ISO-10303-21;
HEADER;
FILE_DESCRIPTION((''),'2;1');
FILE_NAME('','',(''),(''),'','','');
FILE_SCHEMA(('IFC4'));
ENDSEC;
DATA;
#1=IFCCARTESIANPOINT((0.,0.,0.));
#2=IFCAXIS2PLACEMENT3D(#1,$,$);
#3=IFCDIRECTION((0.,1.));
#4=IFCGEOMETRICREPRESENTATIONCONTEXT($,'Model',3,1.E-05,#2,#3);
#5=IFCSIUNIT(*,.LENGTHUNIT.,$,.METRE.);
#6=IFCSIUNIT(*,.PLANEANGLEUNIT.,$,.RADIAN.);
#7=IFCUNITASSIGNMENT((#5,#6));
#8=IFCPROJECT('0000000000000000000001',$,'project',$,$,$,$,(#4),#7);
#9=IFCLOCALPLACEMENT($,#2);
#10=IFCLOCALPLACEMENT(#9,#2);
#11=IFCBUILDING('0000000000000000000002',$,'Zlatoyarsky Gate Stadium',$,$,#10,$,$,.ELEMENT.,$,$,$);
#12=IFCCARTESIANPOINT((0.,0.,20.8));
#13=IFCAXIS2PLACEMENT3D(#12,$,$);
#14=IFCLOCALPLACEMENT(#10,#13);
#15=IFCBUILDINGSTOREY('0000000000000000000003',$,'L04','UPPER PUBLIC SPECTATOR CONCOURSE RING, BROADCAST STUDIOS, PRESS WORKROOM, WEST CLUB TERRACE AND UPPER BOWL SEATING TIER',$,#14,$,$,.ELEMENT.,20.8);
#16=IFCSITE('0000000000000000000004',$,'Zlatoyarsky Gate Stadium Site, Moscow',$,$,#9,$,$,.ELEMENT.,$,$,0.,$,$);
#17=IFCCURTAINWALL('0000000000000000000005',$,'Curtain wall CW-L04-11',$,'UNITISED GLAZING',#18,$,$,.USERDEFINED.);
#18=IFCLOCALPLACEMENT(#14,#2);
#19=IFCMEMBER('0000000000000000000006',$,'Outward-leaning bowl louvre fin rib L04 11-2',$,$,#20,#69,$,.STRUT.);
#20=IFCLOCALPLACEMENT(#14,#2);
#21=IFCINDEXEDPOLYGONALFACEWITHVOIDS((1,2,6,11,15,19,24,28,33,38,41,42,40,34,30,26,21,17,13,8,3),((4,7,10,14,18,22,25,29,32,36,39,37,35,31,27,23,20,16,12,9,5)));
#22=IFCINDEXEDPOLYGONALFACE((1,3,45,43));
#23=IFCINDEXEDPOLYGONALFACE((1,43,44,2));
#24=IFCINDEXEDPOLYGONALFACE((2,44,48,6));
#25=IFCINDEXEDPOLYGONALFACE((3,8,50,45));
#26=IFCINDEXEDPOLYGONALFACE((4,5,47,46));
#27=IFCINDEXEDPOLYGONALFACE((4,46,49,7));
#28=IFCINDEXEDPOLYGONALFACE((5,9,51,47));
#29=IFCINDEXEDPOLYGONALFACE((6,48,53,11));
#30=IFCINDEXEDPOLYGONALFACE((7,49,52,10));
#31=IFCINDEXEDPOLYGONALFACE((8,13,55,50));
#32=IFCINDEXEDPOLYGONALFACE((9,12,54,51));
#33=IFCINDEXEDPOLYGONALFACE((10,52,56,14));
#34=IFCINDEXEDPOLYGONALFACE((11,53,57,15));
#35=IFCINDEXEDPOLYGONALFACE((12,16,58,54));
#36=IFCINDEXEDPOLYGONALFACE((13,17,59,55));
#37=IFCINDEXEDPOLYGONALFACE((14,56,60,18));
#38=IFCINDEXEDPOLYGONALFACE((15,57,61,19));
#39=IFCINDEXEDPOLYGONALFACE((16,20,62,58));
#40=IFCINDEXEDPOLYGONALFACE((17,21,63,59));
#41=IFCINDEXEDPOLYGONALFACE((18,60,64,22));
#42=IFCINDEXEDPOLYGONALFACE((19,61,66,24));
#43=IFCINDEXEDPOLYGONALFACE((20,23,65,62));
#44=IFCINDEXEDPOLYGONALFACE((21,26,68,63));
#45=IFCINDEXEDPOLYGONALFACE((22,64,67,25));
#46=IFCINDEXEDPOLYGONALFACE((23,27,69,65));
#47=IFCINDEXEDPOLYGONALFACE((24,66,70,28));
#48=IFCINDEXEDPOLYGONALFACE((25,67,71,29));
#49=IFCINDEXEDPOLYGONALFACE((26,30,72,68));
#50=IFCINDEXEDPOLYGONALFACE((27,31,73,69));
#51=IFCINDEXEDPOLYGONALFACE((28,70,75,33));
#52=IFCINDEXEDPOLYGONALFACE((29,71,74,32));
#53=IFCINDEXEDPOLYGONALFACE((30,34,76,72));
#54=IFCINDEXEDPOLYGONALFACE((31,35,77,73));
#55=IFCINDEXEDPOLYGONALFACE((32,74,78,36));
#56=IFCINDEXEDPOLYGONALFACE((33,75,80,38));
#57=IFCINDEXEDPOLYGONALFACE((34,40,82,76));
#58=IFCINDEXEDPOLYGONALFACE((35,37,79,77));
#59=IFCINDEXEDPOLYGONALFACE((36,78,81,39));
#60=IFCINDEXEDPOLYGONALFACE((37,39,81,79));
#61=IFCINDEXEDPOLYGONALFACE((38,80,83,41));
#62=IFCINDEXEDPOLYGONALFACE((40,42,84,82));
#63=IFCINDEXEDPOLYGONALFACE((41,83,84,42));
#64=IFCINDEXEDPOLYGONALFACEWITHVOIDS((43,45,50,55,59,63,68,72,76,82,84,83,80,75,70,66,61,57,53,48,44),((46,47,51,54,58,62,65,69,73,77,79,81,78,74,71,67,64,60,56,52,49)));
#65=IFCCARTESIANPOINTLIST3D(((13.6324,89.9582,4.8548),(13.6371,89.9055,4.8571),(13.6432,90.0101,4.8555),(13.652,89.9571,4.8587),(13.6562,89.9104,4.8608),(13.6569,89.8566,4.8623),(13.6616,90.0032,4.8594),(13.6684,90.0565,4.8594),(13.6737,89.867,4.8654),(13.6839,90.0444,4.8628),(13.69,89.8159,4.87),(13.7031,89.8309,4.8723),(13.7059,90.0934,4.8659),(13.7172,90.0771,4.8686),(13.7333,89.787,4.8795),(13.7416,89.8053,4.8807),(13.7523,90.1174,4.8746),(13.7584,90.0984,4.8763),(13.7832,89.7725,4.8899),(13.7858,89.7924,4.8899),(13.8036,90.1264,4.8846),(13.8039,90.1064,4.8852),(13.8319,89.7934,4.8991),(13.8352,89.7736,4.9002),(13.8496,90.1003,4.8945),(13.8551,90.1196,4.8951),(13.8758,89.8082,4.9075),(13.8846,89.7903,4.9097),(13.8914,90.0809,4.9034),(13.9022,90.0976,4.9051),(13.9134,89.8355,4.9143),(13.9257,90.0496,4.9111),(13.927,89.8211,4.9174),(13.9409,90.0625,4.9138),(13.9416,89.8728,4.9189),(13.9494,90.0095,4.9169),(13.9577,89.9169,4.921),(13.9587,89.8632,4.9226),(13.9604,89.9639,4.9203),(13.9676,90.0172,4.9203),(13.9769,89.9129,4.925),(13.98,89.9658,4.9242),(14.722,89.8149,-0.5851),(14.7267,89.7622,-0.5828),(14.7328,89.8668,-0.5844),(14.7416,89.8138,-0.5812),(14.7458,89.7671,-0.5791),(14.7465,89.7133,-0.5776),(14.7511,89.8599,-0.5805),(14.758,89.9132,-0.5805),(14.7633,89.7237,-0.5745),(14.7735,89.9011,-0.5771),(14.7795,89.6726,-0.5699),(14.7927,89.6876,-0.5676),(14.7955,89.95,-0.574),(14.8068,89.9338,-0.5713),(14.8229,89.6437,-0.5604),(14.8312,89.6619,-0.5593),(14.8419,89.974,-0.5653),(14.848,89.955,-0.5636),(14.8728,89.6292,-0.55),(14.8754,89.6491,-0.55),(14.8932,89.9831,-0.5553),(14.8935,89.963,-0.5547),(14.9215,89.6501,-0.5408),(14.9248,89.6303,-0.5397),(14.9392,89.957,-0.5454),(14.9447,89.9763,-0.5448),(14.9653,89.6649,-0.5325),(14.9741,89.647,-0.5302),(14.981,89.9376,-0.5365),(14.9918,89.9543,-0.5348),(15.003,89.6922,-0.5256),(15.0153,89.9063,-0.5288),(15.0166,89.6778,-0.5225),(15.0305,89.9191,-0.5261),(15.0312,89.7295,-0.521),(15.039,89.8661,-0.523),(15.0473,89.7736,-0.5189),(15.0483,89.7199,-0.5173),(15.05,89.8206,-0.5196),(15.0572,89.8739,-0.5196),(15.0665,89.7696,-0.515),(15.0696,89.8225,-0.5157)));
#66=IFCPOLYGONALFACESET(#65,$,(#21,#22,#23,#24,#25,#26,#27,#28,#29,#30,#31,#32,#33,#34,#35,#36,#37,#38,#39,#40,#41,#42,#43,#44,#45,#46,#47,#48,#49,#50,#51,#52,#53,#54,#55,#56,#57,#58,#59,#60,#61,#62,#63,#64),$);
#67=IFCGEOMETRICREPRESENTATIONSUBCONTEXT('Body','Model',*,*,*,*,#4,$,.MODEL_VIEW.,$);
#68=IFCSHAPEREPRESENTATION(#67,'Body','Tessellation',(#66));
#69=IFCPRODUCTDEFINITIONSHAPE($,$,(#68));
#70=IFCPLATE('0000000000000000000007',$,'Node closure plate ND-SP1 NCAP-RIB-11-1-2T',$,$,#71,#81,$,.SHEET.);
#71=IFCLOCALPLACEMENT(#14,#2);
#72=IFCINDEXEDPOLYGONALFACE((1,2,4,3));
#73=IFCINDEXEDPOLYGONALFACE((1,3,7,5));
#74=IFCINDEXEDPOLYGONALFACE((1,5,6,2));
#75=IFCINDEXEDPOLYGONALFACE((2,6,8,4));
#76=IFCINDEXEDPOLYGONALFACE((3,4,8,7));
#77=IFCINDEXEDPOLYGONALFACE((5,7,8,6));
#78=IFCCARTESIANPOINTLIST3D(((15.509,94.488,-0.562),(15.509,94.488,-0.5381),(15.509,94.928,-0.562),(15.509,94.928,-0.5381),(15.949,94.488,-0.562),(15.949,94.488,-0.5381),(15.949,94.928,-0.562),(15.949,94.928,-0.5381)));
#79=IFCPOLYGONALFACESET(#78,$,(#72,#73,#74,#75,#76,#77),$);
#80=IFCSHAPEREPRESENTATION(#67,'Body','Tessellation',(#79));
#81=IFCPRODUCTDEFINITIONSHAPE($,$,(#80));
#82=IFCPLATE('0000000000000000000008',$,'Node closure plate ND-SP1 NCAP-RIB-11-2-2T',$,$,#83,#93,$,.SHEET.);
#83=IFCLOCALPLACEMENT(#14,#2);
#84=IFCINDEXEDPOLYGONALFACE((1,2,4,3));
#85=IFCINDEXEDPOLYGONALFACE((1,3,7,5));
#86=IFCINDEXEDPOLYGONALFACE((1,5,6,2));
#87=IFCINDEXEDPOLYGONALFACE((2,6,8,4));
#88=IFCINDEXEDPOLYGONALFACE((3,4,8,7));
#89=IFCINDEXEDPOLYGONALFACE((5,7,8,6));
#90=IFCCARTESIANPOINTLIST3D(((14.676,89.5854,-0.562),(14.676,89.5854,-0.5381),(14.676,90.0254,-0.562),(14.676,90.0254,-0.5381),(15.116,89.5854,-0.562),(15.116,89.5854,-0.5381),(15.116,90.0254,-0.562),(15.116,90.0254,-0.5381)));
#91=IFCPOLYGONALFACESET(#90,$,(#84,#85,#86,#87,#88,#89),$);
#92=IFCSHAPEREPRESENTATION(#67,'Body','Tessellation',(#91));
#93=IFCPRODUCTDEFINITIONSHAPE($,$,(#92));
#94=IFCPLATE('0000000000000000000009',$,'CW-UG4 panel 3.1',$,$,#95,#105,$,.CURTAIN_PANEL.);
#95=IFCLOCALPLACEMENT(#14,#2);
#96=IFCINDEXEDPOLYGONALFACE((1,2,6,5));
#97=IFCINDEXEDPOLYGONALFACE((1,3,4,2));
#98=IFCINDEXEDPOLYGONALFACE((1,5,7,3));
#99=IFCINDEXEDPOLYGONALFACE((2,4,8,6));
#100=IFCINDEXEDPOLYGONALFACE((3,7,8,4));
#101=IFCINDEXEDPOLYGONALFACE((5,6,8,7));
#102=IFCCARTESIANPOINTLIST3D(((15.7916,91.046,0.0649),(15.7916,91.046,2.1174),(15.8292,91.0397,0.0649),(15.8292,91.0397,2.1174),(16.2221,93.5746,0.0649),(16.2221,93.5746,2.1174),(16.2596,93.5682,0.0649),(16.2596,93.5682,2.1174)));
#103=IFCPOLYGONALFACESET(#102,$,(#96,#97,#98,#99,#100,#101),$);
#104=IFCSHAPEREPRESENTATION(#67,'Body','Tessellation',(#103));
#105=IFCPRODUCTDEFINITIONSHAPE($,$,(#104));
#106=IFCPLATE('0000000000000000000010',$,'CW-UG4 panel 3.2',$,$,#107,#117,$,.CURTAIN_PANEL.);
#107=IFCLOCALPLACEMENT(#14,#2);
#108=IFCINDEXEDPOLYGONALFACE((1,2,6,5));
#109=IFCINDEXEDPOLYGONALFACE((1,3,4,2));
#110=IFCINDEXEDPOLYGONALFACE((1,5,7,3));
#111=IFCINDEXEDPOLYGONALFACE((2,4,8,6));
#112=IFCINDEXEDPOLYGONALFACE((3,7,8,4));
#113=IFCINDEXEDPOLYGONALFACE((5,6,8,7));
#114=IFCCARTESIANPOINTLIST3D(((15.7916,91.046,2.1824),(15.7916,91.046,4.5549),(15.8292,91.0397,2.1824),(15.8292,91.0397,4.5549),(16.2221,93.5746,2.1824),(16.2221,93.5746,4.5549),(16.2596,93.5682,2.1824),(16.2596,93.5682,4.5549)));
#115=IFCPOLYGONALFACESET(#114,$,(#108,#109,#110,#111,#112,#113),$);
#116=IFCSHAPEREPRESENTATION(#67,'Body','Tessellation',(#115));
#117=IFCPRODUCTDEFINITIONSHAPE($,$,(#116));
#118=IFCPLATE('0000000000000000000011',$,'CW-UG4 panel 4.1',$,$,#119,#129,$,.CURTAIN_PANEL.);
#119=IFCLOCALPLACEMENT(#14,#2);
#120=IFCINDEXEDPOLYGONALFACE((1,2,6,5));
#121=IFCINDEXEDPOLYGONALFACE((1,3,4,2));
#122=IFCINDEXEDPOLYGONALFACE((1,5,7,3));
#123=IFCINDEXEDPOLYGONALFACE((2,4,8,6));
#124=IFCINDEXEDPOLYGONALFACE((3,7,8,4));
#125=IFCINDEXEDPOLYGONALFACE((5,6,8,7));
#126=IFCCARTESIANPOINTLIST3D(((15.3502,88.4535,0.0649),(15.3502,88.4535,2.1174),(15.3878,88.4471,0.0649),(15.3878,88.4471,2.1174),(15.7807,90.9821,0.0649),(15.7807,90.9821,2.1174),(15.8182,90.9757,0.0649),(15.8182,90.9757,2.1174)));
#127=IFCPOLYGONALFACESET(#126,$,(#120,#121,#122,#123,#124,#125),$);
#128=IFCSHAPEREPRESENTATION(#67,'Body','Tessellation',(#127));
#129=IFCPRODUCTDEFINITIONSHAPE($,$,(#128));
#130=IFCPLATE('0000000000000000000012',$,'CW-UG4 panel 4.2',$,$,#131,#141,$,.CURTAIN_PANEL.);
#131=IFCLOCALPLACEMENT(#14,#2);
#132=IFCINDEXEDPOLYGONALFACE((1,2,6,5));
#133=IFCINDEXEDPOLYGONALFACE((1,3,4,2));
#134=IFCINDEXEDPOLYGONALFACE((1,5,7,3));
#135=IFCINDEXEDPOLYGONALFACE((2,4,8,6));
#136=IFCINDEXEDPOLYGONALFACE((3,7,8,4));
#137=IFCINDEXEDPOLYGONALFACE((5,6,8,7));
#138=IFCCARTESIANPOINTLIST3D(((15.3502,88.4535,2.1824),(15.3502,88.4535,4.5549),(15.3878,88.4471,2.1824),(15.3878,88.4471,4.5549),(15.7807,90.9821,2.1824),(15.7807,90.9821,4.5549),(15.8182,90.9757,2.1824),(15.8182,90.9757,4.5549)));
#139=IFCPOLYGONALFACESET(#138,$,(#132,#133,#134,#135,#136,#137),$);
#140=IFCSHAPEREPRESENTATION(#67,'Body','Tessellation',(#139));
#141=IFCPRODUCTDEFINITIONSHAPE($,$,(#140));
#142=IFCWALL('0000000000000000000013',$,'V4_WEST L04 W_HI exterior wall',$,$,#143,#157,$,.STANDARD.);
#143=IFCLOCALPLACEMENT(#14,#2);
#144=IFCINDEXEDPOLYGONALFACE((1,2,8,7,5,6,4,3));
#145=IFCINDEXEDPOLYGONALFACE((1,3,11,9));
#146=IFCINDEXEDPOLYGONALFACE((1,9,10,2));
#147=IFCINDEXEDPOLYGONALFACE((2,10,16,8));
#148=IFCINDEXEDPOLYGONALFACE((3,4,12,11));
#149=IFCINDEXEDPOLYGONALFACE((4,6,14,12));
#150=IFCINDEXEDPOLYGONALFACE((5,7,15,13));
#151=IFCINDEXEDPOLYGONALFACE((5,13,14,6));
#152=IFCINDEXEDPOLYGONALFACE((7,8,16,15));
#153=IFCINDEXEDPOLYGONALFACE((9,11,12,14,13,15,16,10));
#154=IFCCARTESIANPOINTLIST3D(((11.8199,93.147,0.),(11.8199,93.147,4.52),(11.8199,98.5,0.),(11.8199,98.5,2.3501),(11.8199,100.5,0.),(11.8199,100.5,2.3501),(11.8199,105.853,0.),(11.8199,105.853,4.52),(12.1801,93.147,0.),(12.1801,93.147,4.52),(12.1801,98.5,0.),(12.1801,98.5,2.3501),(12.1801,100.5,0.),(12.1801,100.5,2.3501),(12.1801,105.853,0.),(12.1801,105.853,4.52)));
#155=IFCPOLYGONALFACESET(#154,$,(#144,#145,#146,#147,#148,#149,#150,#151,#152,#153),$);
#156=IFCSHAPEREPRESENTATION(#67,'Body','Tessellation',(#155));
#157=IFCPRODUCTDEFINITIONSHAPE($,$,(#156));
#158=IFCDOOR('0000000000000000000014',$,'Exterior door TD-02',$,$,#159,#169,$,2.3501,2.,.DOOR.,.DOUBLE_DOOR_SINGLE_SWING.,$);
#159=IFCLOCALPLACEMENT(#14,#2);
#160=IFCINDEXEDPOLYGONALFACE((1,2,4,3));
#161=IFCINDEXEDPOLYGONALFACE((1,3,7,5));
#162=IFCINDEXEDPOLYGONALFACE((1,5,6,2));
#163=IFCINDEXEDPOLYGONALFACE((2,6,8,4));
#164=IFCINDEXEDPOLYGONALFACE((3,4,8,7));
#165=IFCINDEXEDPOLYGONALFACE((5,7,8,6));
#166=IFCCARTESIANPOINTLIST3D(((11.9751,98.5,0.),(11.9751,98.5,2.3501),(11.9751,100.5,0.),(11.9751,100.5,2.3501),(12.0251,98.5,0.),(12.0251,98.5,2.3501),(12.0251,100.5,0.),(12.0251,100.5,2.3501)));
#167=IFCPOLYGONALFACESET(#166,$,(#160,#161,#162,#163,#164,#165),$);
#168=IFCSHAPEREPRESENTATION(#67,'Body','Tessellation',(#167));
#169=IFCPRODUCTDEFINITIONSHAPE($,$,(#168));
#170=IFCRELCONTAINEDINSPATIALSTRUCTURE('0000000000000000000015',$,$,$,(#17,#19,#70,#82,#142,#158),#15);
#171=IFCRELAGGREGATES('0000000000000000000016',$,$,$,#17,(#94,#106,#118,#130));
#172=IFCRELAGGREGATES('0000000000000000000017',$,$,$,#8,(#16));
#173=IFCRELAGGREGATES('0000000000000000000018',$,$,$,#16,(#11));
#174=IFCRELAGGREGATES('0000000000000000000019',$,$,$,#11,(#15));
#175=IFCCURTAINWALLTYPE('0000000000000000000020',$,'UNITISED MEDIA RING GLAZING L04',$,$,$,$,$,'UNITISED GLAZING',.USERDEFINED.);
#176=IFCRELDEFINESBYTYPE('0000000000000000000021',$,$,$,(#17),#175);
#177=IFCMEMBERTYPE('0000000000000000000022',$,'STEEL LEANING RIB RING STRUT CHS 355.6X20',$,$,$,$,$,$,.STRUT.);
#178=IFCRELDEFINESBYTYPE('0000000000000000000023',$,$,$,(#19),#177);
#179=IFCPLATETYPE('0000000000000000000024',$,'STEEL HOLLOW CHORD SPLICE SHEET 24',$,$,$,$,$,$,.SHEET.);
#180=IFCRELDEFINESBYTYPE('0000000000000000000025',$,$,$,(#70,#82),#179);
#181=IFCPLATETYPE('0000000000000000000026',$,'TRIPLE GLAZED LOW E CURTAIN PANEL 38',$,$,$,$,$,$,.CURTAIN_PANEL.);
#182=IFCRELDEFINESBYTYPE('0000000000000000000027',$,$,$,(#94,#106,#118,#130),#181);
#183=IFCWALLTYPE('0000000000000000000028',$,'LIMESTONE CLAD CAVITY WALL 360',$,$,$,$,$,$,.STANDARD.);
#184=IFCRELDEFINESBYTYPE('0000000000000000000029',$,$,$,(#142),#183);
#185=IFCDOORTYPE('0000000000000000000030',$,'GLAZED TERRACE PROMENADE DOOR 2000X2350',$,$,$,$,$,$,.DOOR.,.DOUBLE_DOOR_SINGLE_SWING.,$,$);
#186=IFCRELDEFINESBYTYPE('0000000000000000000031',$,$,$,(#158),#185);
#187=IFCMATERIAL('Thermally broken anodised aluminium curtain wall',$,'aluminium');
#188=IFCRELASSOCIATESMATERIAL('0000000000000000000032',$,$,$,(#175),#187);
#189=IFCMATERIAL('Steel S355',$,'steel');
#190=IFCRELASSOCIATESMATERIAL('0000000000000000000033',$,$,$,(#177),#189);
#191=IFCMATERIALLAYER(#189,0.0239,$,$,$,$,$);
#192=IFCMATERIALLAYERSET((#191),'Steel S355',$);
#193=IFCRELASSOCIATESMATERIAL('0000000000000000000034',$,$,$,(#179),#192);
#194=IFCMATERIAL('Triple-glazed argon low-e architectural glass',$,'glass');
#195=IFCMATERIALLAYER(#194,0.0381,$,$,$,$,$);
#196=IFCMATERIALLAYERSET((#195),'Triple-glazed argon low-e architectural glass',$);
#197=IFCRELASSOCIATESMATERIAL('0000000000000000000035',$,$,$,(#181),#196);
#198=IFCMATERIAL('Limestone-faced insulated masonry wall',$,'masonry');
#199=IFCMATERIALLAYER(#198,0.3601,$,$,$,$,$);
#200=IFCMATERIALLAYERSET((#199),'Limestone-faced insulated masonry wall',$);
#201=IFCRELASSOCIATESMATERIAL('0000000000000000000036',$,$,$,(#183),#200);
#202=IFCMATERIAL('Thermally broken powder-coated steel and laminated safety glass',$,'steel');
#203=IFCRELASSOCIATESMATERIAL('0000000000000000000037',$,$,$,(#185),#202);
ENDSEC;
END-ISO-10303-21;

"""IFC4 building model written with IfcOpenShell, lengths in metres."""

from ifc_helpers import new_model, si_unit, direction, frame, frame_2d, origin, origin_2d, place, context, subcontext, project, spatial, rectangle, hollow_circle, extrude, material, layer, layer_set, material_profile, profile_set, type_object, element, fill, aggregate, save


model = new_model("IFC4")

# Units and contexts
model_context = context("Model", 3, precision=1e-05, world=origin(), true_north=direction((0.0, 1.0)))
body_context = subcontext(model_context, "Body", "Model", "MODEL_VIEW")
ifc_project = project(units=[si_unit("LENGTHUNIT", "METRE"), si_unit("PLANEANGLEUNIT", "RADIAN")], contexts=[model_context])

# Site, building, storey
site_placement = place(None, origin())
site = spatial("IfcSite", under=ifc_project, at=site_placement, Name="Zlatoyarsky Gate Stadium Site, Moscow", CompositionType="ELEMENT", RefElevation=0.0)
building_placement = place(site_placement, origin())
building = spatial("IfcBuilding", under=site, at=building_placement, Name="Zlatoyarsky Gate Stadium", CompositionType="ELEMENT")
storey_placement = place(building_placement, frame((0.0, 0.0, 20.8)))
storey = spatial("IfcBuildingStorey", under=building, at=storey_placement, Name="L04", Description="UPPER PUBLIC SPECTATOR CONCOURSE RING, BROADCAST STUDIOS, PRESS WORKROOM, WEST CLUB TERRACE AND UPPER BOWL SEATING TIER", CompositionType="ELEMENT", Elevation=20.8)

# Shared definitions
ifc_material_1 = material(Name="Steel S355", Category="steel")

# Curtain wall
ifc_material_2 = material(Name="Thermally broken anodised aluminium curtain wall", Category="aluminium")
curtain_wall_type = type_object("IfcCurtainWallType", Name="UNITISED MEDIA RING GLAZING L04", ElementType="UNITISED GLAZING", PredefinedType="USERDEFINED", material=ifc_material_2)
curtain_wall_placement = place(storey_placement, origin())
curtain_wall = element("IfcCurtainWall", 1, at=curtain_wall_placement, inside=storey, type_object=curtain_wall_type, Name="Curtain wall CW-L04-11", ObjectType="UNITISED GLAZING", PredefinedType="USERDEFINED")

# Member
ifc_material_profile_1 = material_profile(ifc_material_1, hollow_circle(Radius=0.1777, WallThickness=0.02, at=origin_2d()), Name="CHS 355.6X20")
ifc_profile_set_1 = profile_set([ifc_material_profile_1], Name="Steel S355")
member_type_1 = type_object("IfcMemberType", Name="STEEL LEANING RIB RING STRUT CHS 355.6X20", PredefinedType="STRUT", material=ifc_profile_set_1)
member_1_placement = place(storey_placement, frame((14.896, 89.8054, -0.55), z_axis=(-0.19633, 0.025822, 0.980198), x_axis=(-0.130403, -0.991461, 0.0)))
element("IfcMember", 2, at=member_1_placement, inside=storey, type_object=member_type_1, Name="Outward-leaning bowl louvre fin rib L04 11-2", PredefinedType="STRUT", context=body_context, shape_type="SweptSolid", body=[
    extrude(hollow_circle(Radius=0.1777, WallThickness=0.02, at=origin_2d()), origin(), (0.0, 0.0, 1.0), 5.5498),
])

# Plates
ifc_layer_1 = layer(ifc_material_1, 0.0239)
ifc_layer_set_1 = layer_set([ifc_layer_1], Name="Steel S355")
plate_type_1 = type_object("IfcPlateType", Name="STEEL HOLLOW CHORD SPLICE SHEET 24", PredefinedType="SHEET", material=ifc_layer_set_1)
for number, where, z_axis, x_axis, name in (
    (3, (15.729, 94.708, -0.562), (0.0, 0.0, 1.0), (1.0, 0.0, 0.0), "Node closure plate ND-SP1 NCAP-RIB-11-1-2T"),
    (4, (14.896, 89.8054, -0.562), (0.0, 0.0, 1.0), (1.0, 0.0, 0.0), "Node closure plate ND-SP1 NCAP-RIB-11-2-2T"),
):
    element("IfcPlate", number, at=place(storey_placement, frame(where, z_axis=z_axis, x_axis=x_axis)), inside=storey, type_object=plate_type_1, Name=name, PredefinedType="SHEET", context=body_context, shape_type="SweptSolid", body=[
        extrude(rectangle(XDim=0.4399, YDim=0.4399, at=origin_2d()), origin(), (0.0, 0.0, 1.0), 0.0239),
    ])

# Plates
ifc_material_3 = material(Name="Triple-glazed argon low-e architectural glass", Category="glass")
ifc_layer_2 = layer(ifc_material_3, 0.0381)
ifc_layer_set_2 = layer_set([ifc_layer_2], Name="Triple-glazed argon low-e architectural glass")
plate_type_2 = type_object("IfcPlateType", Name="TRIPLE GLAZED LOW E CURTAIN PANEL 38", PredefinedType="CURTAIN_PANEL", material=ifc_layer_set_2)
plate_1_placement = place(storey_placement, frame((16.0256, 92.3071, 0.0649), z_axis=(0.0, 0.0, 1.0), x_axis=(-0.167821, -0.985817, 0.0)))
plate_1 = element("IfcPlate", 5, at=plate_1_placement, type_object=plate_type_2, Name="CW-UG4 panel 3.1", PredefinedType="CURTAIN_PANEL", context=body_context, shape_type="SweptSolid", body=[
    extrude(rectangle(XDim=2.5649, YDim=0.0381, at=origin_2d()), origin(), (0.0, 0.0, 1.0), 2.0525),
])
plate_2_placement = place(storey_placement, frame((16.0256, 92.3071, 2.1824), z_axis=(0.0, 0.0, 1.0), x_axis=(-0.167821, -0.985817, 0.0)))
plate_2 = element("IfcPlate", 6, at=plate_2_placement, type_object=plate_type_2, Name="CW-UG4 panel 3.2", PredefinedType="CURTAIN_PANEL", context=body_context, shape_type="SweptSolid", body=[
    extrude(rectangle(XDim=2.5649, YDim=0.0381, at=origin_2d()), origin(), (0.0, 0.0, 1.0), 2.3726),
])
plate_3_placement = place(storey_placement, frame((15.5842, 89.7146, 0.0649), z_axis=(0.0, 0.0, 1.0), x_axis=(-0.167821, -0.985817, 0.0)))
plate_3 = element("IfcPlate", 7, at=plate_3_placement, type_object=plate_type_2, Name="CW-UG4 panel 4.1", PredefinedType="CURTAIN_PANEL", context=body_context, shape_type="SweptSolid", body=[
    extrude(rectangle(XDim=2.5649, YDim=0.0381, at=origin_2d()), origin(), (0.0, 0.0, 1.0), 2.0525),
])
plate_4_placement = place(storey_placement, frame((15.5842, 89.7146, 2.1824), z_axis=(0.0, 0.0, 1.0), x_axis=(-0.167821, -0.985817, 0.0)))
plate_4 = element("IfcPlate", 8, at=plate_4_placement, type_object=plate_type_2, Name="CW-UG4 panel 4.2", PredefinedType="CURTAIN_PANEL", context=body_context, shape_type="SweptSolid", body=[
    extrude(rectangle(XDim=2.5649, YDim=0.0381, at=origin_2d()), origin(), (0.0, 0.0, 1.0), 2.3726),
])
aggregate(curtain_wall, [plate_1, plate_2, plate_3, plate_4])

# Wall, opening, door
ifc_material_4 = material(Name="Limestone-faced insulated masonry wall", Category="masonry")
ifc_layer_3 = layer(ifc_material_4, 0.3601)
ifc_layer_set_3 = layer_set([ifc_layer_3], Name="Limestone-faced insulated masonry wall")
wall_type = type_object("IfcWallType", Name="LIMESTONE CLAD CAVITY WALL 360", PredefinedType="STANDARD", material=ifc_layer_set_3)
wall_placement = place(storey_placement, frame((12.0, 93.147, 0.0), z_axis=(0.0, 0.0, 1.0), x_axis=(0.0, 1.0, 0.0)))
wall = element("IfcWall", 9, at=wall_placement, inside=storey, type_object=wall_type, Name="V4_WEST L04 W_HI exterior wall", PredefinedType="STANDARD", context=body_context, shape_type="SweptSolid", body=[
    extrude(rectangle(XDim=12.7061, YDim=0.3601, at=frame_2d((6.353, 0.0))), origin(), (0.0, 0.0, 1.0), 4.52),
])
opening_placement = place(wall_placement, frame((5.353, 0.0, 0.0)))
opening = element("IfcOpeningElement", 10, at=opening_placement, cuts=wall, PredefinedType="OPENING", context=body_context, shape_type="SweptSolid", body=[
    extrude(rectangle(XDim=2.0, YDim=2.3501, at=frame_2d((1.0, 1.175))), frame((0.0, 0.1899, 0.0), z_axis=(0.0, -1.0, 0.0), x_axis=(1.0, 0.0, 0.0)), (0.0, 0.0, 1.0), 0.3801),
])
ifc_material_5 = material(Name="Thermally broken powder-coated steel and laminated safety glass", Category="steel")
door_type = type_object("IfcDoorType", Name="GLAZED TERRACE PROMENADE DOOR 2000X2350", OperationType="DOUBLE_DOOR_SINGLE_SWING", PredefinedType="DOOR", material=ifc_material_5)
door_placement = place(opening_placement, origin())
door = element("IfcDoor", 11, at=door_placement, inside=storey, type_object=door_type, Name="Exterior door TD-02", OperationType="DOUBLE_DOOR_SINGLE_SWING", OverallHeight=2.3501, OverallWidth=2.0, PredefinedType="DOOR", context=body_context, shape_type="SweptSolid", body=[
    extrude(rectangle(XDim=2.0, YDim=2.3501, at=frame_2d((1.0, 1.175))), frame((0.0, 0.0249, 0.0), z_axis=(0.0, -1.0, 0.0), x_axis=(1.0, 0.0, 0.0)), (0.0, 0.0, 1.0), 0.05),
])
fill(opening, door)

save(model, "model.ifc")
